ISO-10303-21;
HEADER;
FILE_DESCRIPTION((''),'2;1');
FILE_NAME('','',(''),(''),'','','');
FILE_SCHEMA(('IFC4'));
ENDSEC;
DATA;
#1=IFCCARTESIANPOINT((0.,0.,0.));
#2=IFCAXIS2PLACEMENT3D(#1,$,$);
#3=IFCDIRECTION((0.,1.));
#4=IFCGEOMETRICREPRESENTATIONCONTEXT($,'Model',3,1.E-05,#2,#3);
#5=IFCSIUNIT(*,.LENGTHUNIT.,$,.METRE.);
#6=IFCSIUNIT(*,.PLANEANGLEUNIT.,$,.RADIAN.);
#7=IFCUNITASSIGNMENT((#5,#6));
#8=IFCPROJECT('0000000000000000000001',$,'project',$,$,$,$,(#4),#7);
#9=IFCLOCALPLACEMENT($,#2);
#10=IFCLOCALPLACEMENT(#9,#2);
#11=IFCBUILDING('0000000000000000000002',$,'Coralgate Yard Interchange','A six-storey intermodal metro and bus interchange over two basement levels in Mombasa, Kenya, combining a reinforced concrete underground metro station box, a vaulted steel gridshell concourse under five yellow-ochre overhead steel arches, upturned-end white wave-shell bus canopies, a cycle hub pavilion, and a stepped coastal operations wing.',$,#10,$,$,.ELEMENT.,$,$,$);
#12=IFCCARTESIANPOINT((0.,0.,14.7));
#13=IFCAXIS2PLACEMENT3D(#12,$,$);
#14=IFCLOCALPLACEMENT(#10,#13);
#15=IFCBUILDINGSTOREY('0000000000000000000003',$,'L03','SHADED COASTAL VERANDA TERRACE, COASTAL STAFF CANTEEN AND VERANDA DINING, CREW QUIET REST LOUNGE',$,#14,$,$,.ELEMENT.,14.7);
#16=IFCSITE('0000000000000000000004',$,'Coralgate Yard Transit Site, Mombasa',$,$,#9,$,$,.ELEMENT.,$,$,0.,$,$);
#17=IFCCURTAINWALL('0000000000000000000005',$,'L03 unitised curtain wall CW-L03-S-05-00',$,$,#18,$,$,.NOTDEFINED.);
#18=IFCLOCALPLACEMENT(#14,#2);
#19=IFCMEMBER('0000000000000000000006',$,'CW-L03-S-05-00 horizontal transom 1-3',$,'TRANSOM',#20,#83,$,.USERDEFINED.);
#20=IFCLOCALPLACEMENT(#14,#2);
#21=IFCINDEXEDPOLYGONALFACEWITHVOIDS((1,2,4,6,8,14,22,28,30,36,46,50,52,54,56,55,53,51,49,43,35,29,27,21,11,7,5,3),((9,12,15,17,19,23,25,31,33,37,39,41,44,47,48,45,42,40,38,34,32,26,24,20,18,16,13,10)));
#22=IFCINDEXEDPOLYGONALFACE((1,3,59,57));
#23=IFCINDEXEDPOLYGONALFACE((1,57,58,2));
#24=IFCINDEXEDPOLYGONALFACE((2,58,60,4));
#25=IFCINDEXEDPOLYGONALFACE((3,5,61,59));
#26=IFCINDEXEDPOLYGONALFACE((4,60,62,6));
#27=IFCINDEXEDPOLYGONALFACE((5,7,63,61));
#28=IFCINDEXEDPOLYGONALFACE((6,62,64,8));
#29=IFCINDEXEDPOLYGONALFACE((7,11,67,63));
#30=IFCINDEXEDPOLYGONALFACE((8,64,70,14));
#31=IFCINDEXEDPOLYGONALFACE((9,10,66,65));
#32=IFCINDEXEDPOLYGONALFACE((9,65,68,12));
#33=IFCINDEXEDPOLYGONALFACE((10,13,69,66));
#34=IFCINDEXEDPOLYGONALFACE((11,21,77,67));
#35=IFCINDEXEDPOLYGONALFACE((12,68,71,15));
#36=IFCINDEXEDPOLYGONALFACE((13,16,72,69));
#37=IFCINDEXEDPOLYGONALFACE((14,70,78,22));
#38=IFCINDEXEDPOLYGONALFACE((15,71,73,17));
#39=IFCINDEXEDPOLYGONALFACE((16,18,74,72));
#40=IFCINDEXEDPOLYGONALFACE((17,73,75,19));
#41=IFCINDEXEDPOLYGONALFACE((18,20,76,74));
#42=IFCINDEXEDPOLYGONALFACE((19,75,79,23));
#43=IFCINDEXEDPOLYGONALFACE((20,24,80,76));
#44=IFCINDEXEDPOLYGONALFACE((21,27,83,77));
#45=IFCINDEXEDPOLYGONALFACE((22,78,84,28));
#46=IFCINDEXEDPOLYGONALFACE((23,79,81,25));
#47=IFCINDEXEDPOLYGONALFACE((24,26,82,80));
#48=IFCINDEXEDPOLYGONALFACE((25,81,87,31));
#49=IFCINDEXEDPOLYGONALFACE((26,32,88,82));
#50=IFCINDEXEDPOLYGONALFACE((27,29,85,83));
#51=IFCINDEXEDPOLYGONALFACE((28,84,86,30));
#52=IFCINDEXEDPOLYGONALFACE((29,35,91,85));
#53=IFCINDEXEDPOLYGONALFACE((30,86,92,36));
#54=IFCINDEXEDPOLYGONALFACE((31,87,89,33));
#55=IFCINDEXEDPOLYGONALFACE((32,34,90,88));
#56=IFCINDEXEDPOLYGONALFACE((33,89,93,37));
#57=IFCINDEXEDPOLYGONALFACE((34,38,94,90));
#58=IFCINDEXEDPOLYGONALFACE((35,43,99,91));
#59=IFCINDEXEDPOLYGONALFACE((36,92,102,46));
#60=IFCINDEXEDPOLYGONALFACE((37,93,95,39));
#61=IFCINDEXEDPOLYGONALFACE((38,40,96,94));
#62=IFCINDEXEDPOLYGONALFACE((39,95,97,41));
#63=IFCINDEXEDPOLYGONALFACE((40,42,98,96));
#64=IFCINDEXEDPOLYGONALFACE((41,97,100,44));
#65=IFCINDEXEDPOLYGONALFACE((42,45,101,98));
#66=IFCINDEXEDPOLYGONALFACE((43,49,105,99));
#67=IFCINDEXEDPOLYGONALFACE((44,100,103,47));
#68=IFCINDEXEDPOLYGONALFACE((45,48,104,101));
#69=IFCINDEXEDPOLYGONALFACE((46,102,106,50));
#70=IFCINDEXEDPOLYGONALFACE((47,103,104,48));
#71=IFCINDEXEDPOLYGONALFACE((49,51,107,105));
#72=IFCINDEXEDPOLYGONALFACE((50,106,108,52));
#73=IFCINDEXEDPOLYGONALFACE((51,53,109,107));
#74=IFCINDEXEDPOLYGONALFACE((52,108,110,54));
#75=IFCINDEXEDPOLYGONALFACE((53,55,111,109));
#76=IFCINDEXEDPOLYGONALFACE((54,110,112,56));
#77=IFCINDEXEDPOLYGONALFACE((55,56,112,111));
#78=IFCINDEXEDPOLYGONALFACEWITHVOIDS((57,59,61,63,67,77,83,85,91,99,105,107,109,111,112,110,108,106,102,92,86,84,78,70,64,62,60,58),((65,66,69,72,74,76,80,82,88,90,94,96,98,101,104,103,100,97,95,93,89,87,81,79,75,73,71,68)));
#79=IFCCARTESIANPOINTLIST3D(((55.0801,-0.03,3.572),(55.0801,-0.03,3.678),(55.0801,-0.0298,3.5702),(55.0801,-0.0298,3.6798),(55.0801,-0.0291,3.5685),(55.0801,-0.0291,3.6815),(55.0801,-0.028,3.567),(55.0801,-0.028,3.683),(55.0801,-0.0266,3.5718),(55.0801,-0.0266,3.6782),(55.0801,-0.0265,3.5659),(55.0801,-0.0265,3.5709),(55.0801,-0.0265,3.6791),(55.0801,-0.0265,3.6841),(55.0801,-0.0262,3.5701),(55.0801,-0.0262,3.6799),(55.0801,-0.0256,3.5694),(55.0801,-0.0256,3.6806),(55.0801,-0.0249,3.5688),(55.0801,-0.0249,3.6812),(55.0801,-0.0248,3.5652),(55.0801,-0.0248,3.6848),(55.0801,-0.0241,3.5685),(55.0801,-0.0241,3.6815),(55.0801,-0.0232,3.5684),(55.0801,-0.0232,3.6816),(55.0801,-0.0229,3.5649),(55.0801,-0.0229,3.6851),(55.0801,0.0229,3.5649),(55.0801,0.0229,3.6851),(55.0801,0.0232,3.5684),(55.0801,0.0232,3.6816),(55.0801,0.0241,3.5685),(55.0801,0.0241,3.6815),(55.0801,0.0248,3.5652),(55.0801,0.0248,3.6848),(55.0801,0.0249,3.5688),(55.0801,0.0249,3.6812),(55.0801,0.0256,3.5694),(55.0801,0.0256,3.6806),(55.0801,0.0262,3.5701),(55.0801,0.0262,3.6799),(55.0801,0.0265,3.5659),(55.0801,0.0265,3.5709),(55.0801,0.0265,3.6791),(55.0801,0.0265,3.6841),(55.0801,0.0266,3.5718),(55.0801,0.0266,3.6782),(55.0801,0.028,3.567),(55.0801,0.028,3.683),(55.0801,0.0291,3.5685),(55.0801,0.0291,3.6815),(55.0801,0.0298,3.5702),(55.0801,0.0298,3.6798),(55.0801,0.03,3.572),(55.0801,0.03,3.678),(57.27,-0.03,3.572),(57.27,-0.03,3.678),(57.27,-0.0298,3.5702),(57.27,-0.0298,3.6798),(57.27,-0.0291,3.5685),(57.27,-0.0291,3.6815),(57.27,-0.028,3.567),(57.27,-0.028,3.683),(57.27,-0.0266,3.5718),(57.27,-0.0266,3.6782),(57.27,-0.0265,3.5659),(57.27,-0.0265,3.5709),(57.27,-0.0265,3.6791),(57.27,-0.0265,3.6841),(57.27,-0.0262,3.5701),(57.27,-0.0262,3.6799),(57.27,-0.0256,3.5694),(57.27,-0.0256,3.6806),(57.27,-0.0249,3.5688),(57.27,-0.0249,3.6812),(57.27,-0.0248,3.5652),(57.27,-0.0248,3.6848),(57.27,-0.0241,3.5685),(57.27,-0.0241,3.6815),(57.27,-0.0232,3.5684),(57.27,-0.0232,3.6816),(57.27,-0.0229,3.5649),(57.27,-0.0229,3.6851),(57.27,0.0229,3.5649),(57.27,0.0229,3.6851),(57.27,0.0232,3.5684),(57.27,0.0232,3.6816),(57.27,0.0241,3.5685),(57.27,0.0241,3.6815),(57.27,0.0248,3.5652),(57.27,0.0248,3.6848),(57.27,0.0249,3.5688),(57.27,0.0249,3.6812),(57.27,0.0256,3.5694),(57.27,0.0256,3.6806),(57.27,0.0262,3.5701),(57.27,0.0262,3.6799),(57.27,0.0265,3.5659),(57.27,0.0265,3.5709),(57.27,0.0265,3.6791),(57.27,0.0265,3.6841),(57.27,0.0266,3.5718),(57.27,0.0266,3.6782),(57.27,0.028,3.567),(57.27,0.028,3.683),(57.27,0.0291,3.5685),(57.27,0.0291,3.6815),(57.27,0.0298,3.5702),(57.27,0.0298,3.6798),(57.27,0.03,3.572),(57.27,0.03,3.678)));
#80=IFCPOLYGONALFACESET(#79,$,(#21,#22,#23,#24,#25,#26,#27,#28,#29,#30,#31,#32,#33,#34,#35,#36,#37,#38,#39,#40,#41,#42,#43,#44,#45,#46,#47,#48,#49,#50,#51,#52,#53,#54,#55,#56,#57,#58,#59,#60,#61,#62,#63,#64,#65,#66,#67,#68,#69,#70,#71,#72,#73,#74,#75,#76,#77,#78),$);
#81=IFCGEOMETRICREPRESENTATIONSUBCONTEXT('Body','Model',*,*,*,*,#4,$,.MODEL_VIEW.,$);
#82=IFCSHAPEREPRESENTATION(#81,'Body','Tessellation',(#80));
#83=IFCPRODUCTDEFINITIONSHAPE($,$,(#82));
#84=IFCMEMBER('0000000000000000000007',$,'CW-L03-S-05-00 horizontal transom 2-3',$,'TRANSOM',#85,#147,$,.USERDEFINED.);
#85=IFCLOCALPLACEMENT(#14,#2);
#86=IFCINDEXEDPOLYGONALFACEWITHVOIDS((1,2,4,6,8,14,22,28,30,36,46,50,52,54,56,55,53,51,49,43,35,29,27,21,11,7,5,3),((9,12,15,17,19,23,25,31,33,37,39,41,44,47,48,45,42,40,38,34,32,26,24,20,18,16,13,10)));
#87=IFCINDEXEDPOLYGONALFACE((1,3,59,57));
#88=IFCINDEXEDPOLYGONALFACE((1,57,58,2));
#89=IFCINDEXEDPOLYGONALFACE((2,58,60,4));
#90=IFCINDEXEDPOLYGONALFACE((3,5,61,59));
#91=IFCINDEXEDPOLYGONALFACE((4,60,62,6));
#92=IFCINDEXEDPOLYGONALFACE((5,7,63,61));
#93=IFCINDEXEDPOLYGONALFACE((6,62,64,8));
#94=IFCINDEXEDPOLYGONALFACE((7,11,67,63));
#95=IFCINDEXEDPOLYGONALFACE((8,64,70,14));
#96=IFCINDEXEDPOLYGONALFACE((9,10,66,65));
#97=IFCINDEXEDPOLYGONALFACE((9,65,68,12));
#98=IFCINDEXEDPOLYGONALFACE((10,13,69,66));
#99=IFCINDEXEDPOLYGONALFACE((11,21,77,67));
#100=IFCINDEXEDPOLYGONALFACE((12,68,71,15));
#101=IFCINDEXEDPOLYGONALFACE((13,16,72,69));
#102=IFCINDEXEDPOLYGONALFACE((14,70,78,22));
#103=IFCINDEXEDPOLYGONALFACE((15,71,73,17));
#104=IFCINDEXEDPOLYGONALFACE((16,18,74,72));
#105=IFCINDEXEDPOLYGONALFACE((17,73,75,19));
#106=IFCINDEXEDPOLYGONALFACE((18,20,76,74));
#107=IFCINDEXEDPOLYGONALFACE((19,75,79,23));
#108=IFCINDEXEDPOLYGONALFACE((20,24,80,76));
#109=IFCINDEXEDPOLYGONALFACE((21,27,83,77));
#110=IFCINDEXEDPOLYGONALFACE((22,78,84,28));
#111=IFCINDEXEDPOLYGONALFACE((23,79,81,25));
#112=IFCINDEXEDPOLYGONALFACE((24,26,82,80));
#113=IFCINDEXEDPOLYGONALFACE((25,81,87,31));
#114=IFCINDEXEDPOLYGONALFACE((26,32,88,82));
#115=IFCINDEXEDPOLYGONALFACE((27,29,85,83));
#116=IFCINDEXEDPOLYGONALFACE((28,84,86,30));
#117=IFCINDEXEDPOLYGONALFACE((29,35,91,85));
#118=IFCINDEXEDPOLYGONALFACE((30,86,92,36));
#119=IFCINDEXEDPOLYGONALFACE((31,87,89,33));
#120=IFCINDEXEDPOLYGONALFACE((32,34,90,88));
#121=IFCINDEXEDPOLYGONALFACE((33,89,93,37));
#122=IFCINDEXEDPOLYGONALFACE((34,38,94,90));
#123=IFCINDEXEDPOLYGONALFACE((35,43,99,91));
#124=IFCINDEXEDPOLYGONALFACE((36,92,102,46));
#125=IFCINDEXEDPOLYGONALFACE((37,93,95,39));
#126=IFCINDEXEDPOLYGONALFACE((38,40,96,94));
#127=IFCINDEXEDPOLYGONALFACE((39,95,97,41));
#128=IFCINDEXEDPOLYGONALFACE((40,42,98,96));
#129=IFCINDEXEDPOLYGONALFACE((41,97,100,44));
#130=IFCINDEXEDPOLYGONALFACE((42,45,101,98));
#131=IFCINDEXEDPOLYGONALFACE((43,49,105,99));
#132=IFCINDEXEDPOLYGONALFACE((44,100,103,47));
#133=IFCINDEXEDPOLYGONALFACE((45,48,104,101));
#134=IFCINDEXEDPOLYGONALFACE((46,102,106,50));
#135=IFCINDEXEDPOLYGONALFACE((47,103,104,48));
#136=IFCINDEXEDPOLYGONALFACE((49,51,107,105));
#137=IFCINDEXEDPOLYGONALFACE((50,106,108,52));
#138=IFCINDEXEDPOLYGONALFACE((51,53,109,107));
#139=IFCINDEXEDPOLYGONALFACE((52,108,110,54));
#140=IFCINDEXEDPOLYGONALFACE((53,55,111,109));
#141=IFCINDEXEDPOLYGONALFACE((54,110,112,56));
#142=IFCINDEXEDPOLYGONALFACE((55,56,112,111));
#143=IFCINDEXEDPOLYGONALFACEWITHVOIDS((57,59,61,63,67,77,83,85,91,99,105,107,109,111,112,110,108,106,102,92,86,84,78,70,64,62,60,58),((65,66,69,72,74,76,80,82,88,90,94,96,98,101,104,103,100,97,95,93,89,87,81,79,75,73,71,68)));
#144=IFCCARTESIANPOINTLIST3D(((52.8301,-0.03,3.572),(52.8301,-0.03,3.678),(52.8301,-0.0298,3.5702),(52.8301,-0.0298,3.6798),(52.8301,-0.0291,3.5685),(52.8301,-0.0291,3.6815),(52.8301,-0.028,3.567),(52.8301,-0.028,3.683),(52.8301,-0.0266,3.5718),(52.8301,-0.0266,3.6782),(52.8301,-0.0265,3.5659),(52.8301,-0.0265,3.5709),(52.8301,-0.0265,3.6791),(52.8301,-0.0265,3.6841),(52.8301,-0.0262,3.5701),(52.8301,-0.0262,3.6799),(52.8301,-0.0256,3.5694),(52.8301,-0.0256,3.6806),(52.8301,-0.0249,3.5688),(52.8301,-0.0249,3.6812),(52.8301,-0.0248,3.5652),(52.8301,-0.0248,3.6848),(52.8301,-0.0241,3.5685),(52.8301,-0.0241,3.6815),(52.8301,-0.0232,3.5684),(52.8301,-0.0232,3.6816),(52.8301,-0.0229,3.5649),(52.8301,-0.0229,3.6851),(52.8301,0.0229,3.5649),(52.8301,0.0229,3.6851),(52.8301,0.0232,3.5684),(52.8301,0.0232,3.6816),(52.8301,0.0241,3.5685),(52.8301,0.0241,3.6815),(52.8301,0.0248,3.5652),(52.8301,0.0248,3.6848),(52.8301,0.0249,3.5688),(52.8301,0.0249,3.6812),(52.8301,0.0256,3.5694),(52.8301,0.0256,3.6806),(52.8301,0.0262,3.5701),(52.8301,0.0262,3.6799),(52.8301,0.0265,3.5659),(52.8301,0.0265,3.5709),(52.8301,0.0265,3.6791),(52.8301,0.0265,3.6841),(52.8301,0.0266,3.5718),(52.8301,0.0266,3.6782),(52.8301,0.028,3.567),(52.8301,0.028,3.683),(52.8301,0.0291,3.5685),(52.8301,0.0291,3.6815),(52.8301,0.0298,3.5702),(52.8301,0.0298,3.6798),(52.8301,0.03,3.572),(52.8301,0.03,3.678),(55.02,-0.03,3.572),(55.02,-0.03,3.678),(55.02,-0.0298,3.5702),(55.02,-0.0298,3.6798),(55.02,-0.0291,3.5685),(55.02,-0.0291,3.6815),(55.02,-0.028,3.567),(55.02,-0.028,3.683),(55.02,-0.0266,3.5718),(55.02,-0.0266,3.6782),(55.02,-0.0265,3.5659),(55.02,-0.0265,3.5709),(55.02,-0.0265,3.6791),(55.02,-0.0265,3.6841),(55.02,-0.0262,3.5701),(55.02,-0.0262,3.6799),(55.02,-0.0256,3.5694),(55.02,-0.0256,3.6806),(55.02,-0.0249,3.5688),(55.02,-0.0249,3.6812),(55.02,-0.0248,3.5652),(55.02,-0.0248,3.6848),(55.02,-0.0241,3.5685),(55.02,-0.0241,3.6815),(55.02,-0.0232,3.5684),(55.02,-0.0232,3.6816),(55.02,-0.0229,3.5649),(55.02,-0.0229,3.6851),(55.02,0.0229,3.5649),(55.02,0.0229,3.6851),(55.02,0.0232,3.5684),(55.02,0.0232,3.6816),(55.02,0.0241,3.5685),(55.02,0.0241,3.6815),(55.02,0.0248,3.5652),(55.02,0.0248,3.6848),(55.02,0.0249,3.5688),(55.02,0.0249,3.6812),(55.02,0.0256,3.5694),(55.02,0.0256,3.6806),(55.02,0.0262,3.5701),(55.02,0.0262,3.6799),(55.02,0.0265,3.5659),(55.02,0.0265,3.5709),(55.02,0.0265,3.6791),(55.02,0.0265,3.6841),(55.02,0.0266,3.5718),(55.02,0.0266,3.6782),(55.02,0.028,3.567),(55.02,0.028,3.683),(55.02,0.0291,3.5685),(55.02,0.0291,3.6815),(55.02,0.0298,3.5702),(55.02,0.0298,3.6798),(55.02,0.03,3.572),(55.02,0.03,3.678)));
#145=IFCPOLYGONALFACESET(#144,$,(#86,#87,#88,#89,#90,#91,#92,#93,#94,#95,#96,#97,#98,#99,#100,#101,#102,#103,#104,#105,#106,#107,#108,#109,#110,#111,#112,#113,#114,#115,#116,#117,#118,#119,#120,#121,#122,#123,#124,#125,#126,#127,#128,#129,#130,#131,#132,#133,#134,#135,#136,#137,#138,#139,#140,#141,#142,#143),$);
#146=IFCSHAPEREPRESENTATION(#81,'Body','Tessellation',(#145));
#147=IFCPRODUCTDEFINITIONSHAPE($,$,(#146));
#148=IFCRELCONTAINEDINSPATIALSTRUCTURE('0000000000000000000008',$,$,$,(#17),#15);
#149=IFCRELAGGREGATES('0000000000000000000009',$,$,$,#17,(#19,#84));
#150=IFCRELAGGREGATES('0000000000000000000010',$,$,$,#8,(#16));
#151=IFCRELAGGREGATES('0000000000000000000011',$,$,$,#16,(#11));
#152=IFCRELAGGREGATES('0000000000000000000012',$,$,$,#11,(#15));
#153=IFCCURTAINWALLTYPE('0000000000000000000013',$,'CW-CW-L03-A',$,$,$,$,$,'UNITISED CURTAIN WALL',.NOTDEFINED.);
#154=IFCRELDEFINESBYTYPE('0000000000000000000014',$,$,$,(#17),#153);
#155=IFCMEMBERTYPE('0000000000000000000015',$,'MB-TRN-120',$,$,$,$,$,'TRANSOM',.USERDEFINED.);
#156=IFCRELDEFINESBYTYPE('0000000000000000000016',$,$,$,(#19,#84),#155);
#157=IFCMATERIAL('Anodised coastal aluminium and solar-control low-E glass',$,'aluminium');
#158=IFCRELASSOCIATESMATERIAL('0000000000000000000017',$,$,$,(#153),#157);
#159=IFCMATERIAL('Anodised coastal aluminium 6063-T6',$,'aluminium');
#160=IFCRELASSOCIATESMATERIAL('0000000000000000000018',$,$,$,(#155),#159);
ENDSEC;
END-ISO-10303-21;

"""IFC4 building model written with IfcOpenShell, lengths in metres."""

from ifc_helpers import new_model, si_unit, direction, frame, origin, origin_2d, place, context, subcontext, project, spatial, hollow_rectangle, extrude, material, material_profile, profile_set, type_object, element, aggregate, save


model = new_model("IFC4")

# Units and contexts
model_context = context("Model", 3, precision=1e-05, world=origin(), true_north=direction((0.0, 1.0)))
body_context = subcontext(model_context, "Body", "Model", "MODEL_VIEW")
ifc_project = project(units=[si_unit("LENGTHUNIT", "METRE"), si_unit("PLANEANGLEUNIT", "RADIAN")], contexts=[model_context])

# Site, building, storey
site_placement = place(None, origin())
site = spatial("IfcSite", under=ifc_project, at=site_placement, Name="Coralgate Yard Transit Site, Mombasa", CompositionType="ELEMENT", RefElevation=0.0)
building_placement = place(site_placement, origin())
building = spatial("IfcBuilding", under=site, at=building_placement, Name="Coralgate Yard Interchange", Description="A six-storey intermodal metro and bus interchange over two basement levels in Mombasa, Kenya, combining a reinforced concrete underground metro station box, a vaulted steel gridshell concourse under five yellow-ochre overhead steel arches, upturned-end white wave-shell bus canopies, a cycle hub pavilion, and a stepped coastal operations wing.", CompositionType="ELEMENT")
storey_placement = place(building_placement, frame((0.0, 0.0, 14.7)))
storey = spatial("IfcBuildingStorey", under=building, at=storey_placement, Name="L03", Description="SHADED COASTAL VERANDA TERRACE, COASTAL STAFF CANTEEN AND VERANDA DINING, CREW QUIET REST LOUNGE", CompositionType="ELEMENT", Elevation=14.7)

# Curtain wall
ifc_material_1 = material(Name="Anodised coastal aluminium and solar-control low-E glass", Category="aluminium")
curtain_wall_type = type_object("IfcCurtainWallType", Name="CW-CW-L03-A", ElementType="UNITISED CURTAIN WALL", PredefinedType="NOTDEFINED", material=ifc_material_1)
curtain_wall_1_placement = place(storey_placement, origin())
curtain_wall_1 = element("IfcCurtainWall", 1, at=curtain_wall_1_placement, inside=storey, type_object=curtain_wall_type, Name="L03 unitised curtain wall CW-L03-S-05-00", PredefinedType="NOTDEFINED")
ifc_material_2 = material(Name="Anodised coastal aluminium 6063-T6", Category="aluminium")

# Members
ifc_material_profile_1 = material_profile(ifc_material_2, hollow_rectangle(XDim=0.0601, YDim=0.1201, WallThickness=0.0034, InnerFilletRadius=0.0034, OuterFilletRadius=0.0071, at=origin_2d()), Name="ALU 60x120x3.5")
ifc_profile_set_1 = profile_set([ifc_material_profile_1], Name="Anodised coastal aluminium 6063-T6")
member_type_1 = type_object("IfcMemberType", Name="MB-TRN-120", ElementType="TRANSOM", PredefinedType="USERDEFINED", material=ifc_profile_set_1)
member_1_placement = place(storey_placement, frame((57.27, 0.0, 3.625), z_axis=(-1.0, 0.0, 0.0), x_axis=(0.0, -1.0, 0.0)))
member_1 = element("IfcMember", 2, at=member_1_placement, type_object=member_type_1, Name="CW-L03-S-05-00 horizontal transom 1-3", ObjectType="TRANSOM", PredefinedType="USERDEFINED", context=body_context, shape_type="SweptSolid", body=[
    extrude(hollow_rectangle(XDim=0.0601, YDim=0.1201, WallThickness=0.0034, InnerFilletRadius=0.0034, OuterFilletRadius=0.0071, at=origin_2d()), origin(), (0.0, 0.0, 1.0), 2.1899),
])
member_2_placement = place(storey_placement, frame((55.02, 0.0, 3.625), z_axis=(-1.0, 0.0, 0.0), x_axis=(0.0, -1.0, 0.0)))
member_2 = element("IfcMember", 3, at=member_2_placement, type_object=member_type_1, Name="CW-L03-S-05-00 horizontal transom 2-3", ObjectType="TRANSOM", PredefinedType="USERDEFINED", context=body_context, shape_type="SweptSolid", body=[
    extrude(hollow_rectangle(XDim=0.0601, YDim=0.1201, WallThickness=0.0034, InnerFilletRadius=0.0034, OuterFilletRadius=0.0071, at=origin_2d()), origin(), (0.0, 0.0, 1.0), 2.1899),
])

aggregate(curtain_wall_1, [member_1, member_2])

save(model, "model.ifc")
